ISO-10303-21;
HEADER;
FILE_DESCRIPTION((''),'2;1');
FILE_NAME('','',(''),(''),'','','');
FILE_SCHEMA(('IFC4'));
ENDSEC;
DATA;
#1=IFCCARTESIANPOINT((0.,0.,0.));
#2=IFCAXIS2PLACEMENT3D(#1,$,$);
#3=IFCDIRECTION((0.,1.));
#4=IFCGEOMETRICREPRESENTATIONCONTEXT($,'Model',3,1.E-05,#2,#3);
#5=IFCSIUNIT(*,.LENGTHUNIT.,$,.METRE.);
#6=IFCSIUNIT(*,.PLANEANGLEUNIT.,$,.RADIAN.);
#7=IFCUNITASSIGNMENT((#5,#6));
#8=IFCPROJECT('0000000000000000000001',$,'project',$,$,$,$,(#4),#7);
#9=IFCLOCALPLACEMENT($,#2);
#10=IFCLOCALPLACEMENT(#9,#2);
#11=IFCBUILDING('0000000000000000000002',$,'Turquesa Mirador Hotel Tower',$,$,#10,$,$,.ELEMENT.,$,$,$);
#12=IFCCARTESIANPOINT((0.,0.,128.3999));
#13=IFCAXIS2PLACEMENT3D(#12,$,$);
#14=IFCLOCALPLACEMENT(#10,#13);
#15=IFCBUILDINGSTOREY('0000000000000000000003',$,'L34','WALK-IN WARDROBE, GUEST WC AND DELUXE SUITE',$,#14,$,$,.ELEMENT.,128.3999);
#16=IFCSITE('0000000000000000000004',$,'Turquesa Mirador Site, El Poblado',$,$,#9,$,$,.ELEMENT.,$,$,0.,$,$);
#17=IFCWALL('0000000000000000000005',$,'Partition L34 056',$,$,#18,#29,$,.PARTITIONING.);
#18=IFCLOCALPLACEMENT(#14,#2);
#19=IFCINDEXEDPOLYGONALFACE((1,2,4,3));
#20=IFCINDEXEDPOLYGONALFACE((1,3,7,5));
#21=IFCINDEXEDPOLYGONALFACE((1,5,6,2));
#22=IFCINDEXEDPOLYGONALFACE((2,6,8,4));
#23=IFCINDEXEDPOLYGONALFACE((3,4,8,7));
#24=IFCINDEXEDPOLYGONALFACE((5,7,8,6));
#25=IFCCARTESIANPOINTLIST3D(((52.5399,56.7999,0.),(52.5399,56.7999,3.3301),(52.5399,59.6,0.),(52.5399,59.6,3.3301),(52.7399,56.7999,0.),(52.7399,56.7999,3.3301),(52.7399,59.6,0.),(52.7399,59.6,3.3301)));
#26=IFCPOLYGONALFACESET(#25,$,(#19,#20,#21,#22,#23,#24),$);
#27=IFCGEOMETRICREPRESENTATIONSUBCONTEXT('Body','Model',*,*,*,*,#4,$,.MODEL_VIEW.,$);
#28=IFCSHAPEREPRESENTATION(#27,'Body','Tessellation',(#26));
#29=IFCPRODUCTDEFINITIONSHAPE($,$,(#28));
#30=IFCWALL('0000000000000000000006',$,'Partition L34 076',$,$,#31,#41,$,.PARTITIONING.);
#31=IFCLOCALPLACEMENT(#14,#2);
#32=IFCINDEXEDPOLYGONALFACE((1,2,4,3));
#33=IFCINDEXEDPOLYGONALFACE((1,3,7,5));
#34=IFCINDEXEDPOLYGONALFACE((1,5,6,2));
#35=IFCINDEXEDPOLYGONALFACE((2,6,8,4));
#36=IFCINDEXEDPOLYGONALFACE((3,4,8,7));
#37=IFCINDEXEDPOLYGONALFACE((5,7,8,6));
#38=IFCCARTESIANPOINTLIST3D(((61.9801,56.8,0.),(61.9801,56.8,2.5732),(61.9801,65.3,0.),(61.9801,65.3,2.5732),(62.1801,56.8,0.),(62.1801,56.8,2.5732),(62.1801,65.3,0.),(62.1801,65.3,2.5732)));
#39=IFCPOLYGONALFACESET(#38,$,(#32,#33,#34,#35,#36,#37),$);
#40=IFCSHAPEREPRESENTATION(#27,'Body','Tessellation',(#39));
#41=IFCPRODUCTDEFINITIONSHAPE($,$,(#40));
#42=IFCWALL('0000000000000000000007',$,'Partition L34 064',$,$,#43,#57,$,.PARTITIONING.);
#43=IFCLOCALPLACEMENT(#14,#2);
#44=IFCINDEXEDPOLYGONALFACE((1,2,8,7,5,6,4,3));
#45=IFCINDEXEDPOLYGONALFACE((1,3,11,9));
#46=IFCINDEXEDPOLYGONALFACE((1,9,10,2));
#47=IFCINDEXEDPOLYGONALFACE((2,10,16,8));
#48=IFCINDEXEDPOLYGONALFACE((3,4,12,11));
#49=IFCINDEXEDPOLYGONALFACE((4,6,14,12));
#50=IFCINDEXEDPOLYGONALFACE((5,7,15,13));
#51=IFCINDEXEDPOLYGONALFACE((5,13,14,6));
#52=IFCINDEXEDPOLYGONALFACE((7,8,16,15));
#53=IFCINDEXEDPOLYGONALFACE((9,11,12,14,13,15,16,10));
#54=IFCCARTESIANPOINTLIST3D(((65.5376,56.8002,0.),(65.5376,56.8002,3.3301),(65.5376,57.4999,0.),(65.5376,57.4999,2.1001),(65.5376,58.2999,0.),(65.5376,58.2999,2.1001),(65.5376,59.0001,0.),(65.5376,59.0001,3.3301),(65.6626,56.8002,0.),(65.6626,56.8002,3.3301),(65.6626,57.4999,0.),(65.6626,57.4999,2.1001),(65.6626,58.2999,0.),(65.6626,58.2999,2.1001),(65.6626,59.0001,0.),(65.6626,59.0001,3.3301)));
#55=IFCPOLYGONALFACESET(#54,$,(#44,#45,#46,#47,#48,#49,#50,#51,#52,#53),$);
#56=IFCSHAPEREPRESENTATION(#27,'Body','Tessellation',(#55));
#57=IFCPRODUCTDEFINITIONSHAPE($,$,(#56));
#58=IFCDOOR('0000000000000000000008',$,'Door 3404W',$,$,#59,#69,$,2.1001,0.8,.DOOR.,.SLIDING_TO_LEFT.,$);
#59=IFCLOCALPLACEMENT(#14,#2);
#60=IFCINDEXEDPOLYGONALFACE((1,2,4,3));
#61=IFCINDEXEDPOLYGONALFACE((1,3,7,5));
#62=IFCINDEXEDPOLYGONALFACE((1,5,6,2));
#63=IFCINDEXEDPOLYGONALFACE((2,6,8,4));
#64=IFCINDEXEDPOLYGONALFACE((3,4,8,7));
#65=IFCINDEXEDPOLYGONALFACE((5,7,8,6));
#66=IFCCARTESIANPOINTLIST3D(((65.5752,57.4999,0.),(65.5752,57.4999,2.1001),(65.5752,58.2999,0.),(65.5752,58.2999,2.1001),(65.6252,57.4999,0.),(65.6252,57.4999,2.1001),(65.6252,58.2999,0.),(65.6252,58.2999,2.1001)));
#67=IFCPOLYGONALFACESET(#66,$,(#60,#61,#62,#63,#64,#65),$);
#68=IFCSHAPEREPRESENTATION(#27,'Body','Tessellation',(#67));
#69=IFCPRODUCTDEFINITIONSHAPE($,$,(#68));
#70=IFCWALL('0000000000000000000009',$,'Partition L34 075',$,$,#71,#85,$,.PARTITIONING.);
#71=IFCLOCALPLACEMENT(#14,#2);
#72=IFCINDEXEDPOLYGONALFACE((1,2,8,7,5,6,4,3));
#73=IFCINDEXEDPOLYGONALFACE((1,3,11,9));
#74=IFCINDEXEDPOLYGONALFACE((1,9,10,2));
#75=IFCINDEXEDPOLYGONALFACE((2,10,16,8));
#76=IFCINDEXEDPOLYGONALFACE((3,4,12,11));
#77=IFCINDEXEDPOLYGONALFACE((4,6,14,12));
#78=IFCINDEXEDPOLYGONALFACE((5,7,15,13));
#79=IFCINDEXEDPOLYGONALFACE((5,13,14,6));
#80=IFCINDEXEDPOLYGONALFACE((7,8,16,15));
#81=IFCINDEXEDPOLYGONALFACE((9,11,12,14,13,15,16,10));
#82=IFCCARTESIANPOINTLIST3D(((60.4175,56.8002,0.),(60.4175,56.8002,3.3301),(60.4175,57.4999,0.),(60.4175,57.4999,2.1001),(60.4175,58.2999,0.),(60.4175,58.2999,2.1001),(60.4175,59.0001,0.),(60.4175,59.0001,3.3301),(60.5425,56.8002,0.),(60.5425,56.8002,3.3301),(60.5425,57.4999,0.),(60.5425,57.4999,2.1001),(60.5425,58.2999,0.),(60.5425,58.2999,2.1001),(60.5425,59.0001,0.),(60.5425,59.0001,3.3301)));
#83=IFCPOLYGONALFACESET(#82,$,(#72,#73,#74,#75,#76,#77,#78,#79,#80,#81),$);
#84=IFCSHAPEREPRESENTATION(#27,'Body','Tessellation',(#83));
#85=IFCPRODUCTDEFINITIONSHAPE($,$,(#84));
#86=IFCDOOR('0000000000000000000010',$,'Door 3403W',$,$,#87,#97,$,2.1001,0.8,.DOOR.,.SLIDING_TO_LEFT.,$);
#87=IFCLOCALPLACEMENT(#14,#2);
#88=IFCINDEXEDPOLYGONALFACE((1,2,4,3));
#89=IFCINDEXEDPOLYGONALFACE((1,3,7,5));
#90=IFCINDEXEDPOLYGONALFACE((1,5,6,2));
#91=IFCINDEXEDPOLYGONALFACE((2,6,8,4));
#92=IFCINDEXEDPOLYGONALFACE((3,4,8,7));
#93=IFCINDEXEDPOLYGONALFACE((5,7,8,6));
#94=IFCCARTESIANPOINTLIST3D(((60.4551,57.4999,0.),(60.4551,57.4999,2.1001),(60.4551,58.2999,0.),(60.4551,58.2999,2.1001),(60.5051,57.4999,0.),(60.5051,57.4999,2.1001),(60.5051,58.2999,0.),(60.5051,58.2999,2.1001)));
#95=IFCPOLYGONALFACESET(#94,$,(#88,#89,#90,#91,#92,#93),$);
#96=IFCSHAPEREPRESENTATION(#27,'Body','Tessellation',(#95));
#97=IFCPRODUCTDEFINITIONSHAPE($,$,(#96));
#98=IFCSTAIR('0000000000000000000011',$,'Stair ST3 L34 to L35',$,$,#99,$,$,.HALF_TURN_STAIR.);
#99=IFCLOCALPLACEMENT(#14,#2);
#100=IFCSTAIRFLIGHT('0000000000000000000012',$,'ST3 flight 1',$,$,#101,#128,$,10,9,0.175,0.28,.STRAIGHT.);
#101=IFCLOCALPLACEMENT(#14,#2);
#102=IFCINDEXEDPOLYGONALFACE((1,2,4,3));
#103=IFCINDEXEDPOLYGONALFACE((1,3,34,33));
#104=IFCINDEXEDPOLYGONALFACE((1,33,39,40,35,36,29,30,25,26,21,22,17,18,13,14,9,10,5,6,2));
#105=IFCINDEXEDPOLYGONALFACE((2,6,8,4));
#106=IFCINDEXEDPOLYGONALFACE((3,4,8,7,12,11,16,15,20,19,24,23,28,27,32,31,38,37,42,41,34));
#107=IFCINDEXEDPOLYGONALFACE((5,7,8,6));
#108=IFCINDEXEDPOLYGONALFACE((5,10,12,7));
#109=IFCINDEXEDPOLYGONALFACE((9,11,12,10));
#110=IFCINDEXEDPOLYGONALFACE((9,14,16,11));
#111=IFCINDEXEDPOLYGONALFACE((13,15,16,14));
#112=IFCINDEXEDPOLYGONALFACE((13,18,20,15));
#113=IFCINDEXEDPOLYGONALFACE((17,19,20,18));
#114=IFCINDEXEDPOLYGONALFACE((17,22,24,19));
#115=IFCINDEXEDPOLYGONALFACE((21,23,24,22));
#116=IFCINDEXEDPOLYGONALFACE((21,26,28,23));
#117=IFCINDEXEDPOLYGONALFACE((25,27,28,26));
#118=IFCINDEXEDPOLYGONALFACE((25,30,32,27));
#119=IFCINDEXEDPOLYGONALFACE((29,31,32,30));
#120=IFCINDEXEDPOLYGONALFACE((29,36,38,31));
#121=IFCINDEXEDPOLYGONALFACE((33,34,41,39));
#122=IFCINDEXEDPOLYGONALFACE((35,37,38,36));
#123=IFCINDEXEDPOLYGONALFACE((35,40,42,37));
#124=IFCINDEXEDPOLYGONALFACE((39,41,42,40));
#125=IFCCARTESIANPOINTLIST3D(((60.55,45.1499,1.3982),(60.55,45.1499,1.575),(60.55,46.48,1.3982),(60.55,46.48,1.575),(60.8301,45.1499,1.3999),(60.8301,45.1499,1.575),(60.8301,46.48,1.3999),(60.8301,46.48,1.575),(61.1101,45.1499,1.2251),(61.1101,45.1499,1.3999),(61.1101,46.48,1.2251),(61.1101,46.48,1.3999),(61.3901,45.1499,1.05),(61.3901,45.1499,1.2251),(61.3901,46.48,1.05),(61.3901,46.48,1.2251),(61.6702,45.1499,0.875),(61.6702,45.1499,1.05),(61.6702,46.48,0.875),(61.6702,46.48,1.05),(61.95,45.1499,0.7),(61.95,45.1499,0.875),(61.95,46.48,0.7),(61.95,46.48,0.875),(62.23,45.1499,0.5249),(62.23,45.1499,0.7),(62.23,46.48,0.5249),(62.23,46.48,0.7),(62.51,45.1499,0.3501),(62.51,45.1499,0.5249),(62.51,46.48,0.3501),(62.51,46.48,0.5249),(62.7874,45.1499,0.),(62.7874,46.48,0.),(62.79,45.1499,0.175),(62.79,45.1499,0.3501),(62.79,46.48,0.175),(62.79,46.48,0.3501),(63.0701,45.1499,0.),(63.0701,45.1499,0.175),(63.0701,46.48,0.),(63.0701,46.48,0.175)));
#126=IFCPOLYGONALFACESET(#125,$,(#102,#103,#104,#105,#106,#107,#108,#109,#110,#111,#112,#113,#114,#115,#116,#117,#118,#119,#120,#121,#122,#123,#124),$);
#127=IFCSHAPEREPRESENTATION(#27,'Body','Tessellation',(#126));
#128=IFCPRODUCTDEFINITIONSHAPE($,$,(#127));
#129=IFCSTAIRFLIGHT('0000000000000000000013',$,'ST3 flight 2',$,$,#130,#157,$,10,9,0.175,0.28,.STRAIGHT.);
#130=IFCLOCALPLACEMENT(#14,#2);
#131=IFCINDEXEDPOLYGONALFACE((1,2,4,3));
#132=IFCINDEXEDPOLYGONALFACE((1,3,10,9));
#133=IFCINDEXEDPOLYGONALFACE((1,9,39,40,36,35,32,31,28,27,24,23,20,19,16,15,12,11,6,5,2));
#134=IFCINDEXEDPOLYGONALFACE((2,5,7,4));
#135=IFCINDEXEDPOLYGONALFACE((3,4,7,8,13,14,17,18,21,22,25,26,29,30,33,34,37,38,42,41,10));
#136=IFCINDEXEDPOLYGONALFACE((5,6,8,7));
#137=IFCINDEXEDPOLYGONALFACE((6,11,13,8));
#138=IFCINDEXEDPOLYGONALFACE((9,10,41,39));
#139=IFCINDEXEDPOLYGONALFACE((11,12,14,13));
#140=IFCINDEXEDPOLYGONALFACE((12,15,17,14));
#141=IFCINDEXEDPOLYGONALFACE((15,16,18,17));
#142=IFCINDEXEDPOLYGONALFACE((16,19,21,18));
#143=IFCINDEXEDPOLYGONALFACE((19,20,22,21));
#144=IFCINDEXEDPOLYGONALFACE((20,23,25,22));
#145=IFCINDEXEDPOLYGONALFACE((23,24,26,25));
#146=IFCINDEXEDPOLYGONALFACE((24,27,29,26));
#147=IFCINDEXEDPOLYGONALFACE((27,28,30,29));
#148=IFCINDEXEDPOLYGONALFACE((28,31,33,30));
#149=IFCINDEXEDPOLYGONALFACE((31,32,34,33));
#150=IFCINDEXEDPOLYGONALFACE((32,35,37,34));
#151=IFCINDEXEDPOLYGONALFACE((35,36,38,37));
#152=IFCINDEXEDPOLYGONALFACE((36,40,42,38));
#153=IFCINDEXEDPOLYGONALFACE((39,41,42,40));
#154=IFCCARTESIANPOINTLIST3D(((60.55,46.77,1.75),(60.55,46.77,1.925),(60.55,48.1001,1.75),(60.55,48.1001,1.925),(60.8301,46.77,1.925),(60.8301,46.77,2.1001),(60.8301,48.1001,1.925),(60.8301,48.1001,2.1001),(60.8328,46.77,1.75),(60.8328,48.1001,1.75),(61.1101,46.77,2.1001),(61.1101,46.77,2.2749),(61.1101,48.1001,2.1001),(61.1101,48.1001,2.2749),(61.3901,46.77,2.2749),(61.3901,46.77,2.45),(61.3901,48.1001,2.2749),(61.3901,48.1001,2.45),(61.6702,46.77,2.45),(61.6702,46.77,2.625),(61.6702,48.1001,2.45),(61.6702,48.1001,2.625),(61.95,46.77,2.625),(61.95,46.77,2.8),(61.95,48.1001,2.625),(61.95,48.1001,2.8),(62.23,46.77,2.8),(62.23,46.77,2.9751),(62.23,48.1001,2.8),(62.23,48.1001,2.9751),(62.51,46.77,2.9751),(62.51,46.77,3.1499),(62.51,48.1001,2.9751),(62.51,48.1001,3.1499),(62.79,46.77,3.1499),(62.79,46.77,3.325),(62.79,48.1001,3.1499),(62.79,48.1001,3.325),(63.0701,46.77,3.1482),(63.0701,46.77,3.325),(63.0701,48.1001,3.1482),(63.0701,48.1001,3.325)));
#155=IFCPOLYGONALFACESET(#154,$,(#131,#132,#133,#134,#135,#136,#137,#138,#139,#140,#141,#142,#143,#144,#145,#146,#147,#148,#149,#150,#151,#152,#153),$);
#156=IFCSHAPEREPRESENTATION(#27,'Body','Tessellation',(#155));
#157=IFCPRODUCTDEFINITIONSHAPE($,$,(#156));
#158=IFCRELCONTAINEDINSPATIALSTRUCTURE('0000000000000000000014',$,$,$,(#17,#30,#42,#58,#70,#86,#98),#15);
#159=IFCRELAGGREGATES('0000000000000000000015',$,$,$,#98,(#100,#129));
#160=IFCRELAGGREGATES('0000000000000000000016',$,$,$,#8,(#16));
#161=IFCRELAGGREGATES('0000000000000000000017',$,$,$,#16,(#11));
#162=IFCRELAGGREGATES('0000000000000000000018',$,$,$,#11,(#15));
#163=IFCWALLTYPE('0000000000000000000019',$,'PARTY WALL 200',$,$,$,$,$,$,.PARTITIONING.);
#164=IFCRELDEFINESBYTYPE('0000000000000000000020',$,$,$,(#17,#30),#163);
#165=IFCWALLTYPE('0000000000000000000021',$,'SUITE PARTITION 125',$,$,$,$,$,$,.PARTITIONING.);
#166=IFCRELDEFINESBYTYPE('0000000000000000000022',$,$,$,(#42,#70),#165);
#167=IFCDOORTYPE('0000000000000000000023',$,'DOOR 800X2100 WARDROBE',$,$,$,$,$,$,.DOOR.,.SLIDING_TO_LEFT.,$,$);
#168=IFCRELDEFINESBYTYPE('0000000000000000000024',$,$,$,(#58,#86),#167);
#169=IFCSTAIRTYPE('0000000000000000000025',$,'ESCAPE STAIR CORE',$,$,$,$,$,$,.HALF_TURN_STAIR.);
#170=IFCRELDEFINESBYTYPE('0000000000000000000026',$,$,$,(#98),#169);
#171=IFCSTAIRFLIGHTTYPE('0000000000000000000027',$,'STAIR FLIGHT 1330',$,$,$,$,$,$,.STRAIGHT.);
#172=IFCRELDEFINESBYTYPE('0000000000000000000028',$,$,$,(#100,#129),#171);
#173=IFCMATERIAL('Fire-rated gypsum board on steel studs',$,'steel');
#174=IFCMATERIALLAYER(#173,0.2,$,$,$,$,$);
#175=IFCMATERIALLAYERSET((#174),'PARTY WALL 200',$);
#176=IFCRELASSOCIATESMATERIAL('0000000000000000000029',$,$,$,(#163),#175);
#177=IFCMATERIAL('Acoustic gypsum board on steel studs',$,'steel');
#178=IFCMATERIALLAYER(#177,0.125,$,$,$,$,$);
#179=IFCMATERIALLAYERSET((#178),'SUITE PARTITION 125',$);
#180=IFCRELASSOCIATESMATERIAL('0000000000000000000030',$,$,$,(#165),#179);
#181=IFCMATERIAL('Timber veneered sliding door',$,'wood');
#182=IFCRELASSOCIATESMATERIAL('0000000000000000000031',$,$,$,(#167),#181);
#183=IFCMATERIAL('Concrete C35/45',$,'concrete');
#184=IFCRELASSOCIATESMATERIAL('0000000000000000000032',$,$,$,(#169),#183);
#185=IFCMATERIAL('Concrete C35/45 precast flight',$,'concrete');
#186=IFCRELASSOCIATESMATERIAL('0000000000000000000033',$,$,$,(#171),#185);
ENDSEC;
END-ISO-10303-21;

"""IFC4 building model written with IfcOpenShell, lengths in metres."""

from ifc_helpers import new_model, si_unit, direction, frame, frame_2d, origin, place, context, subcontext, project, spatial, polyline, rectangle, outline, extrude, material, layer, layer_set, type_object, element, fill, aggregate, save


model = new_model("IFC4")

# Units and contexts
model_context = context("Model", 3, precision=1e-05, world=origin(), true_north=direction((0.0, 1.0)))
body_context = subcontext(model_context, "Body", "Model", "MODEL_VIEW")
ifc_project = project(units=[si_unit("LENGTHUNIT", "METRE"), si_unit("PLANEANGLEUNIT", "RADIAN")], contexts=[model_context])

# Site, building, storey
site_placement = place(None, origin())
site = spatial("IfcSite", under=ifc_project, at=site_placement, Name="Turquesa Mirador Site, El Poblado", CompositionType="ELEMENT", RefElevation=0.0)
building_placement = place(site_placement, origin())
building = spatial("IfcBuilding", under=site, at=building_placement, Name="Turquesa Mirador Hotel Tower", CompositionType="ELEMENT")
storey_placement = place(building_placement, frame((0.0, 0.0, 128.3999)))
storey = spatial("IfcBuildingStorey", under=building, at=storey_placement, Name="L34", Description="WALK-IN WARDROBE, GUEST WC AND DELUXE SUITE", CompositionType="ELEMENT", Elevation=128.3999)

# Walls
ifc_material_1 = material(Name="Fire-rated gypsum board on steel studs", Category="steel")
ifc_layer_1 = layer(ifc_material_1, 0.2)
ifc_layer_set_1 = layer_set([ifc_layer_1], Name="PARTY WALL 200")
wall_type_1 = type_object("IfcWallType", Name="PARTY WALL 200", PredefinedType="PARTITIONING", material=ifc_layer_set_1)
wall_1_placement = place(storey_placement, frame((52.6399, 56.8, 0.0), z_axis=(0.0, 0.0, 1.0), x_axis=(0.0, 1.0, 0.0)))
element("IfcWall", 1, at=wall_1_placement, inside=storey, type_object=wall_type_1, Name="Partition L34 056", PredefinedType="PARTITIONING", context=body_context, shape_type="SweptSolid", body=[
    extrude(rectangle(XDim=2.8, YDim=0.2, at=frame_2d((1.3999, 0.0))), origin(), (0.0, 0.0, 1.0), 3.3301),
])
wall_2_placement = place(storey_placement, frame((62.0801, 56.8, 0.0), z_axis=(0.0, 0.0, 1.0), x_axis=(0.0, 1.0, 0.0)))
element("IfcWall", 2, at=wall_2_placement, inside=storey, type_object=wall_type_1, Name="Partition L34 076", PredefinedType="PARTITIONING", context=body_context, shape_type="SweptSolid", body=[
    extrude(rectangle(XDim=8.5, YDim=0.2, at=frame_2d((4.25, 0.0))), origin(), (0.0, 0.0, 1.0), 2.5732),
])

# Walls, openings, doors
ifc_material_2 = material(Name="Acoustic gypsum board on steel studs", Category="steel")
ifc_layer_2 = layer(ifc_material_2, 0.125)
ifc_layer_set_2 = layer_set([ifc_layer_2], Name="SUITE PARTITION 125")
wall_type_2 = type_object("IfcWallType", Name="SUITE PARTITION 125", PredefinedType="PARTITIONING", material=ifc_layer_set_2)
wall_3_placement = place(storey_placement, frame((65.6001, 56.8, 0.0), z_axis=(0.0, 0.0, 1.0), x_axis=(0.0, 1.0, 0.0)))
wall_3 = element("IfcWall", 3, at=wall_3_placement, inside=storey, type_object=wall_type_2, Name="Partition L34 064", PredefinedType="PARTITIONING", context=body_context, shape_type="SweptSolid", body=[
    extrude(rectangle(XDim=2.2, YDim=0.125, at=frame_2d((1.1001, 0.0))), origin(), (0.0, 0.0, 1.0), 3.3301),
])
opening_1_placement = place(wall_3_placement, frame((0.7, 0.0, 0.0)))
opening_1 = element("IfcOpeningElement", 4, at=opening_1_placement, cuts=wall_3, PredefinedType="OPENING", context=body_context, shape_type="SweptSolid", body=[
    extrude(rectangle(XDim=0.8, YDim=2.1001, at=frame_2d((0.3999, 1.05))), frame((0.0, 0.0725, 0.0), z_axis=(0.0, -1.0, 0.0), x_axis=(1.0, 0.0, 0.0)), (0.0, 0.0, 1.0), 0.145),
])
ifc_material_3 = material(Name="Timber veneered sliding door", Category="wood")
door_type_1 = type_object("IfcDoorType", Name="DOOR 800X2100 WARDROBE", OperationType="SLIDING_TO_LEFT", PredefinedType="DOOR", material=ifc_material_3)
door_1_placement = place(opening_1_placement, origin())
door_1 = element("IfcDoor", 5, at=door_1_placement, inside=storey, type_object=door_type_1, Name="Door 3404W", OperationType="SLIDING_TO_LEFT", OverallHeight=2.1001, OverallWidth=0.8, PredefinedType="DOOR", context=body_context, shape_type="SweptSolid", body=[
    extrude(rectangle(XDim=0.8, YDim=2.1001, at=frame_2d((0.3999, 1.05))), frame((0.0, 0.0249, 0.0), z_axis=(0.0, -1.0, 0.0), x_axis=(1.0, 0.0, 0.0)), (0.0, 0.0, 1.0), 0.05),
])
fill(opening_1, door_1)
wall_4_placement = place(storey_placement, frame((60.48, 56.8, 0.0), z_axis=(0.0, 0.0, 1.0), x_axis=(0.0, 1.0, 0.0)))
wall_4 = element("IfcWall", 6, at=wall_4_placement, inside=storey, type_object=wall_type_2, Name="Partition L34 075", PredefinedType="PARTITIONING", context=body_context, shape_type="SweptSolid", body=[
    extrude(rectangle(XDim=2.2, YDim=0.125, at=frame_2d((1.1001, 0.0))), origin(), (0.0, 0.0, 1.0), 3.3301),
])
opening_2_placement = place(wall_4_placement, frame((0.7, 0.0, 0.0)))
opening_2 = element("IfcOpeningElement", 7, at=opening_2_placement, cuts=wall_4, PredefinedType="OPENING", context=body_context, shape_type="SweptSolid", body=[
    extrude(rectangle(XDim=0.8, YDim=2.1001, at=frame_2d((0.3999, 1.05))), frame((0.0, 0.0725, 0.0), z_axis=(0.0, -1.0, 0.0), x_axis=(1.0, 0.0, 0.0)), (0.0, 0.0, 1.0), 0.145),
])
door_2_placement = place(opening_2_placement, origin())
door_2 = element("IfcDoor", 8, at=door_2_placement, inside=storey, type_object=door_type_1, Name="Door 3403W", OperationType="SLIDING_TO_LEFT", OverallHeight=2.1001, OverallWidth=0.8, PredefinedType="DOOR", context=body_context, shape_type="SweptSolid", body=[
    extrude(rectangle(XDim=0.8, YDim=2.1001, at=frame_2d((0.3999, 1.05))), frame((0.0, 0.0249, 0.0), z_axis=(0.0, -1.0, 0.0), x_axis=(1.0, 0.0, 0.0)), (0.0, 0.0, 1.0), 0.05),
])
fill(opening_2, door_2)

# Stair, stair flights
ifc_material_4 = material(Name="Concrete C35/45", Category="concrete")
stair_type = type_object("IfcStairType", Name="ESCAPE STAIR CORE", PredefinedType="HALF_TURN_STAIR", material=ifc_material_4)
stair_placement = place(storey_placement, origin())
stair = element("IfcStair", 9, at=stair_placement, inside=storey, type_object=stair_type, Name="Stair ST3 L34 to L35", PredefinedType="HALF_TURN_STAIR")
ifc_material_5 = material(Name="Concrete C35/45 precast flight", Category="concrete")
stair_flight_type = type_object("IfcStairFlightType", Name="STAIR FLIGHT 1330", PredefinedType="STRAIGHT", material=ifc_material_5)
stair_flight_1_placement = place(storey_placement, frame((63.0701, 45.8149, 0.0), z_axis=(0.0, 0.0, 1.0), x_axis=(-1.0, 0.0, 0.0)))
stair_flight_1 = element("IfcStairFlight", 10, at=stair_flight_1_placement, type_object=stair_flight_type, Name="ST3 flight 1", NumberOfRisers=10, NumberOfTreads=9, PredefinedType="STRAIGHT", RiserHeight=0.175, TreadLength=0.28, context=body_context, shape_type="SweptSolid", body=[
    extrude(outline(polyline([(0.0, 0.0), (0.0, 0.175), (0.28, 0.175), (0.28, 0.3501), (0.5601, 0.3501), (0.5601, 0.5249), (0.8401, 0.5249), (0.8401, 0.7), (1.1201, 0.7), (1.1201, 0.875), (1.3999, 0.875), (1.3999, 1.05), (1.6799, 1.05), (1.6799, 1.2251), (1.96, 1.2251), (1.96, 1.3999), (2.24, 1.3999), (2.24, 1.575), (2.52, 1.575), (2.52, 1.75), (2.52, 1.3982), (0.2827, 0.0), (0.0, 0.0)])), frame((0.0, 0.665, 0.0), z_axis=(0.0, -1.0, 0.0), x_axis=(1.0, 0.0, 0.0)), (0.0, 0.0, 1.0), 1.3301),
])
stair_flight_2_placement = place(storey_placement, frame((60.55, 47.4351, 1.75), z_axis=(0.0, 0.0, 1.0), x_axis=(1.0, 0.0, 0.0)))
stair_flight_2 = element("IfcStairFlight", 11, at=stair_flight_2_placement, type_object=stair_flight_type, Name="ST3 flight 2", NumberOfRisers=10, NumberOfTreads=9, PredefinedType="STRAIGHT", RiserHeight=0.175, TreadLength=0.28, context=body_context, shape_type="SweptSolid", body=[
    extrude(outline(polyline([(0.0, 0.0), (0.0, 0.175), (0.28, 0.175), (0.28, 0.3501), (0.5601, 0.3501), (0.5601, 0.5249), (0.8401, 0.5249), (0.8401, 0.7), (1.1201, 0.7), (1.1201, 0.875), (1.3999, 0.875), (1.3999, 1.05), (1.6799, 1.05), (1.6799, 1.2251), (1.96, 1.2251), (1.96, 1.3999), (2.24, 1.3999), (2.24, 1.575), (2.52, 1.575), (2.52, 1.75), (2.52, 1.3982), (0.2827, 0.0), (0.0, 0.0)])), frame((0.0, 0.665, 0.0), z_axis=(0.0, -1.0, 0.0), x_axis=(1.0, 0.0, 0.0)), (0.0, 0.0, 1.0), 1.3301),
])
aggregate(stair, [stair_flight_1, stair_flight_2])

save(model, "model.ifc")
